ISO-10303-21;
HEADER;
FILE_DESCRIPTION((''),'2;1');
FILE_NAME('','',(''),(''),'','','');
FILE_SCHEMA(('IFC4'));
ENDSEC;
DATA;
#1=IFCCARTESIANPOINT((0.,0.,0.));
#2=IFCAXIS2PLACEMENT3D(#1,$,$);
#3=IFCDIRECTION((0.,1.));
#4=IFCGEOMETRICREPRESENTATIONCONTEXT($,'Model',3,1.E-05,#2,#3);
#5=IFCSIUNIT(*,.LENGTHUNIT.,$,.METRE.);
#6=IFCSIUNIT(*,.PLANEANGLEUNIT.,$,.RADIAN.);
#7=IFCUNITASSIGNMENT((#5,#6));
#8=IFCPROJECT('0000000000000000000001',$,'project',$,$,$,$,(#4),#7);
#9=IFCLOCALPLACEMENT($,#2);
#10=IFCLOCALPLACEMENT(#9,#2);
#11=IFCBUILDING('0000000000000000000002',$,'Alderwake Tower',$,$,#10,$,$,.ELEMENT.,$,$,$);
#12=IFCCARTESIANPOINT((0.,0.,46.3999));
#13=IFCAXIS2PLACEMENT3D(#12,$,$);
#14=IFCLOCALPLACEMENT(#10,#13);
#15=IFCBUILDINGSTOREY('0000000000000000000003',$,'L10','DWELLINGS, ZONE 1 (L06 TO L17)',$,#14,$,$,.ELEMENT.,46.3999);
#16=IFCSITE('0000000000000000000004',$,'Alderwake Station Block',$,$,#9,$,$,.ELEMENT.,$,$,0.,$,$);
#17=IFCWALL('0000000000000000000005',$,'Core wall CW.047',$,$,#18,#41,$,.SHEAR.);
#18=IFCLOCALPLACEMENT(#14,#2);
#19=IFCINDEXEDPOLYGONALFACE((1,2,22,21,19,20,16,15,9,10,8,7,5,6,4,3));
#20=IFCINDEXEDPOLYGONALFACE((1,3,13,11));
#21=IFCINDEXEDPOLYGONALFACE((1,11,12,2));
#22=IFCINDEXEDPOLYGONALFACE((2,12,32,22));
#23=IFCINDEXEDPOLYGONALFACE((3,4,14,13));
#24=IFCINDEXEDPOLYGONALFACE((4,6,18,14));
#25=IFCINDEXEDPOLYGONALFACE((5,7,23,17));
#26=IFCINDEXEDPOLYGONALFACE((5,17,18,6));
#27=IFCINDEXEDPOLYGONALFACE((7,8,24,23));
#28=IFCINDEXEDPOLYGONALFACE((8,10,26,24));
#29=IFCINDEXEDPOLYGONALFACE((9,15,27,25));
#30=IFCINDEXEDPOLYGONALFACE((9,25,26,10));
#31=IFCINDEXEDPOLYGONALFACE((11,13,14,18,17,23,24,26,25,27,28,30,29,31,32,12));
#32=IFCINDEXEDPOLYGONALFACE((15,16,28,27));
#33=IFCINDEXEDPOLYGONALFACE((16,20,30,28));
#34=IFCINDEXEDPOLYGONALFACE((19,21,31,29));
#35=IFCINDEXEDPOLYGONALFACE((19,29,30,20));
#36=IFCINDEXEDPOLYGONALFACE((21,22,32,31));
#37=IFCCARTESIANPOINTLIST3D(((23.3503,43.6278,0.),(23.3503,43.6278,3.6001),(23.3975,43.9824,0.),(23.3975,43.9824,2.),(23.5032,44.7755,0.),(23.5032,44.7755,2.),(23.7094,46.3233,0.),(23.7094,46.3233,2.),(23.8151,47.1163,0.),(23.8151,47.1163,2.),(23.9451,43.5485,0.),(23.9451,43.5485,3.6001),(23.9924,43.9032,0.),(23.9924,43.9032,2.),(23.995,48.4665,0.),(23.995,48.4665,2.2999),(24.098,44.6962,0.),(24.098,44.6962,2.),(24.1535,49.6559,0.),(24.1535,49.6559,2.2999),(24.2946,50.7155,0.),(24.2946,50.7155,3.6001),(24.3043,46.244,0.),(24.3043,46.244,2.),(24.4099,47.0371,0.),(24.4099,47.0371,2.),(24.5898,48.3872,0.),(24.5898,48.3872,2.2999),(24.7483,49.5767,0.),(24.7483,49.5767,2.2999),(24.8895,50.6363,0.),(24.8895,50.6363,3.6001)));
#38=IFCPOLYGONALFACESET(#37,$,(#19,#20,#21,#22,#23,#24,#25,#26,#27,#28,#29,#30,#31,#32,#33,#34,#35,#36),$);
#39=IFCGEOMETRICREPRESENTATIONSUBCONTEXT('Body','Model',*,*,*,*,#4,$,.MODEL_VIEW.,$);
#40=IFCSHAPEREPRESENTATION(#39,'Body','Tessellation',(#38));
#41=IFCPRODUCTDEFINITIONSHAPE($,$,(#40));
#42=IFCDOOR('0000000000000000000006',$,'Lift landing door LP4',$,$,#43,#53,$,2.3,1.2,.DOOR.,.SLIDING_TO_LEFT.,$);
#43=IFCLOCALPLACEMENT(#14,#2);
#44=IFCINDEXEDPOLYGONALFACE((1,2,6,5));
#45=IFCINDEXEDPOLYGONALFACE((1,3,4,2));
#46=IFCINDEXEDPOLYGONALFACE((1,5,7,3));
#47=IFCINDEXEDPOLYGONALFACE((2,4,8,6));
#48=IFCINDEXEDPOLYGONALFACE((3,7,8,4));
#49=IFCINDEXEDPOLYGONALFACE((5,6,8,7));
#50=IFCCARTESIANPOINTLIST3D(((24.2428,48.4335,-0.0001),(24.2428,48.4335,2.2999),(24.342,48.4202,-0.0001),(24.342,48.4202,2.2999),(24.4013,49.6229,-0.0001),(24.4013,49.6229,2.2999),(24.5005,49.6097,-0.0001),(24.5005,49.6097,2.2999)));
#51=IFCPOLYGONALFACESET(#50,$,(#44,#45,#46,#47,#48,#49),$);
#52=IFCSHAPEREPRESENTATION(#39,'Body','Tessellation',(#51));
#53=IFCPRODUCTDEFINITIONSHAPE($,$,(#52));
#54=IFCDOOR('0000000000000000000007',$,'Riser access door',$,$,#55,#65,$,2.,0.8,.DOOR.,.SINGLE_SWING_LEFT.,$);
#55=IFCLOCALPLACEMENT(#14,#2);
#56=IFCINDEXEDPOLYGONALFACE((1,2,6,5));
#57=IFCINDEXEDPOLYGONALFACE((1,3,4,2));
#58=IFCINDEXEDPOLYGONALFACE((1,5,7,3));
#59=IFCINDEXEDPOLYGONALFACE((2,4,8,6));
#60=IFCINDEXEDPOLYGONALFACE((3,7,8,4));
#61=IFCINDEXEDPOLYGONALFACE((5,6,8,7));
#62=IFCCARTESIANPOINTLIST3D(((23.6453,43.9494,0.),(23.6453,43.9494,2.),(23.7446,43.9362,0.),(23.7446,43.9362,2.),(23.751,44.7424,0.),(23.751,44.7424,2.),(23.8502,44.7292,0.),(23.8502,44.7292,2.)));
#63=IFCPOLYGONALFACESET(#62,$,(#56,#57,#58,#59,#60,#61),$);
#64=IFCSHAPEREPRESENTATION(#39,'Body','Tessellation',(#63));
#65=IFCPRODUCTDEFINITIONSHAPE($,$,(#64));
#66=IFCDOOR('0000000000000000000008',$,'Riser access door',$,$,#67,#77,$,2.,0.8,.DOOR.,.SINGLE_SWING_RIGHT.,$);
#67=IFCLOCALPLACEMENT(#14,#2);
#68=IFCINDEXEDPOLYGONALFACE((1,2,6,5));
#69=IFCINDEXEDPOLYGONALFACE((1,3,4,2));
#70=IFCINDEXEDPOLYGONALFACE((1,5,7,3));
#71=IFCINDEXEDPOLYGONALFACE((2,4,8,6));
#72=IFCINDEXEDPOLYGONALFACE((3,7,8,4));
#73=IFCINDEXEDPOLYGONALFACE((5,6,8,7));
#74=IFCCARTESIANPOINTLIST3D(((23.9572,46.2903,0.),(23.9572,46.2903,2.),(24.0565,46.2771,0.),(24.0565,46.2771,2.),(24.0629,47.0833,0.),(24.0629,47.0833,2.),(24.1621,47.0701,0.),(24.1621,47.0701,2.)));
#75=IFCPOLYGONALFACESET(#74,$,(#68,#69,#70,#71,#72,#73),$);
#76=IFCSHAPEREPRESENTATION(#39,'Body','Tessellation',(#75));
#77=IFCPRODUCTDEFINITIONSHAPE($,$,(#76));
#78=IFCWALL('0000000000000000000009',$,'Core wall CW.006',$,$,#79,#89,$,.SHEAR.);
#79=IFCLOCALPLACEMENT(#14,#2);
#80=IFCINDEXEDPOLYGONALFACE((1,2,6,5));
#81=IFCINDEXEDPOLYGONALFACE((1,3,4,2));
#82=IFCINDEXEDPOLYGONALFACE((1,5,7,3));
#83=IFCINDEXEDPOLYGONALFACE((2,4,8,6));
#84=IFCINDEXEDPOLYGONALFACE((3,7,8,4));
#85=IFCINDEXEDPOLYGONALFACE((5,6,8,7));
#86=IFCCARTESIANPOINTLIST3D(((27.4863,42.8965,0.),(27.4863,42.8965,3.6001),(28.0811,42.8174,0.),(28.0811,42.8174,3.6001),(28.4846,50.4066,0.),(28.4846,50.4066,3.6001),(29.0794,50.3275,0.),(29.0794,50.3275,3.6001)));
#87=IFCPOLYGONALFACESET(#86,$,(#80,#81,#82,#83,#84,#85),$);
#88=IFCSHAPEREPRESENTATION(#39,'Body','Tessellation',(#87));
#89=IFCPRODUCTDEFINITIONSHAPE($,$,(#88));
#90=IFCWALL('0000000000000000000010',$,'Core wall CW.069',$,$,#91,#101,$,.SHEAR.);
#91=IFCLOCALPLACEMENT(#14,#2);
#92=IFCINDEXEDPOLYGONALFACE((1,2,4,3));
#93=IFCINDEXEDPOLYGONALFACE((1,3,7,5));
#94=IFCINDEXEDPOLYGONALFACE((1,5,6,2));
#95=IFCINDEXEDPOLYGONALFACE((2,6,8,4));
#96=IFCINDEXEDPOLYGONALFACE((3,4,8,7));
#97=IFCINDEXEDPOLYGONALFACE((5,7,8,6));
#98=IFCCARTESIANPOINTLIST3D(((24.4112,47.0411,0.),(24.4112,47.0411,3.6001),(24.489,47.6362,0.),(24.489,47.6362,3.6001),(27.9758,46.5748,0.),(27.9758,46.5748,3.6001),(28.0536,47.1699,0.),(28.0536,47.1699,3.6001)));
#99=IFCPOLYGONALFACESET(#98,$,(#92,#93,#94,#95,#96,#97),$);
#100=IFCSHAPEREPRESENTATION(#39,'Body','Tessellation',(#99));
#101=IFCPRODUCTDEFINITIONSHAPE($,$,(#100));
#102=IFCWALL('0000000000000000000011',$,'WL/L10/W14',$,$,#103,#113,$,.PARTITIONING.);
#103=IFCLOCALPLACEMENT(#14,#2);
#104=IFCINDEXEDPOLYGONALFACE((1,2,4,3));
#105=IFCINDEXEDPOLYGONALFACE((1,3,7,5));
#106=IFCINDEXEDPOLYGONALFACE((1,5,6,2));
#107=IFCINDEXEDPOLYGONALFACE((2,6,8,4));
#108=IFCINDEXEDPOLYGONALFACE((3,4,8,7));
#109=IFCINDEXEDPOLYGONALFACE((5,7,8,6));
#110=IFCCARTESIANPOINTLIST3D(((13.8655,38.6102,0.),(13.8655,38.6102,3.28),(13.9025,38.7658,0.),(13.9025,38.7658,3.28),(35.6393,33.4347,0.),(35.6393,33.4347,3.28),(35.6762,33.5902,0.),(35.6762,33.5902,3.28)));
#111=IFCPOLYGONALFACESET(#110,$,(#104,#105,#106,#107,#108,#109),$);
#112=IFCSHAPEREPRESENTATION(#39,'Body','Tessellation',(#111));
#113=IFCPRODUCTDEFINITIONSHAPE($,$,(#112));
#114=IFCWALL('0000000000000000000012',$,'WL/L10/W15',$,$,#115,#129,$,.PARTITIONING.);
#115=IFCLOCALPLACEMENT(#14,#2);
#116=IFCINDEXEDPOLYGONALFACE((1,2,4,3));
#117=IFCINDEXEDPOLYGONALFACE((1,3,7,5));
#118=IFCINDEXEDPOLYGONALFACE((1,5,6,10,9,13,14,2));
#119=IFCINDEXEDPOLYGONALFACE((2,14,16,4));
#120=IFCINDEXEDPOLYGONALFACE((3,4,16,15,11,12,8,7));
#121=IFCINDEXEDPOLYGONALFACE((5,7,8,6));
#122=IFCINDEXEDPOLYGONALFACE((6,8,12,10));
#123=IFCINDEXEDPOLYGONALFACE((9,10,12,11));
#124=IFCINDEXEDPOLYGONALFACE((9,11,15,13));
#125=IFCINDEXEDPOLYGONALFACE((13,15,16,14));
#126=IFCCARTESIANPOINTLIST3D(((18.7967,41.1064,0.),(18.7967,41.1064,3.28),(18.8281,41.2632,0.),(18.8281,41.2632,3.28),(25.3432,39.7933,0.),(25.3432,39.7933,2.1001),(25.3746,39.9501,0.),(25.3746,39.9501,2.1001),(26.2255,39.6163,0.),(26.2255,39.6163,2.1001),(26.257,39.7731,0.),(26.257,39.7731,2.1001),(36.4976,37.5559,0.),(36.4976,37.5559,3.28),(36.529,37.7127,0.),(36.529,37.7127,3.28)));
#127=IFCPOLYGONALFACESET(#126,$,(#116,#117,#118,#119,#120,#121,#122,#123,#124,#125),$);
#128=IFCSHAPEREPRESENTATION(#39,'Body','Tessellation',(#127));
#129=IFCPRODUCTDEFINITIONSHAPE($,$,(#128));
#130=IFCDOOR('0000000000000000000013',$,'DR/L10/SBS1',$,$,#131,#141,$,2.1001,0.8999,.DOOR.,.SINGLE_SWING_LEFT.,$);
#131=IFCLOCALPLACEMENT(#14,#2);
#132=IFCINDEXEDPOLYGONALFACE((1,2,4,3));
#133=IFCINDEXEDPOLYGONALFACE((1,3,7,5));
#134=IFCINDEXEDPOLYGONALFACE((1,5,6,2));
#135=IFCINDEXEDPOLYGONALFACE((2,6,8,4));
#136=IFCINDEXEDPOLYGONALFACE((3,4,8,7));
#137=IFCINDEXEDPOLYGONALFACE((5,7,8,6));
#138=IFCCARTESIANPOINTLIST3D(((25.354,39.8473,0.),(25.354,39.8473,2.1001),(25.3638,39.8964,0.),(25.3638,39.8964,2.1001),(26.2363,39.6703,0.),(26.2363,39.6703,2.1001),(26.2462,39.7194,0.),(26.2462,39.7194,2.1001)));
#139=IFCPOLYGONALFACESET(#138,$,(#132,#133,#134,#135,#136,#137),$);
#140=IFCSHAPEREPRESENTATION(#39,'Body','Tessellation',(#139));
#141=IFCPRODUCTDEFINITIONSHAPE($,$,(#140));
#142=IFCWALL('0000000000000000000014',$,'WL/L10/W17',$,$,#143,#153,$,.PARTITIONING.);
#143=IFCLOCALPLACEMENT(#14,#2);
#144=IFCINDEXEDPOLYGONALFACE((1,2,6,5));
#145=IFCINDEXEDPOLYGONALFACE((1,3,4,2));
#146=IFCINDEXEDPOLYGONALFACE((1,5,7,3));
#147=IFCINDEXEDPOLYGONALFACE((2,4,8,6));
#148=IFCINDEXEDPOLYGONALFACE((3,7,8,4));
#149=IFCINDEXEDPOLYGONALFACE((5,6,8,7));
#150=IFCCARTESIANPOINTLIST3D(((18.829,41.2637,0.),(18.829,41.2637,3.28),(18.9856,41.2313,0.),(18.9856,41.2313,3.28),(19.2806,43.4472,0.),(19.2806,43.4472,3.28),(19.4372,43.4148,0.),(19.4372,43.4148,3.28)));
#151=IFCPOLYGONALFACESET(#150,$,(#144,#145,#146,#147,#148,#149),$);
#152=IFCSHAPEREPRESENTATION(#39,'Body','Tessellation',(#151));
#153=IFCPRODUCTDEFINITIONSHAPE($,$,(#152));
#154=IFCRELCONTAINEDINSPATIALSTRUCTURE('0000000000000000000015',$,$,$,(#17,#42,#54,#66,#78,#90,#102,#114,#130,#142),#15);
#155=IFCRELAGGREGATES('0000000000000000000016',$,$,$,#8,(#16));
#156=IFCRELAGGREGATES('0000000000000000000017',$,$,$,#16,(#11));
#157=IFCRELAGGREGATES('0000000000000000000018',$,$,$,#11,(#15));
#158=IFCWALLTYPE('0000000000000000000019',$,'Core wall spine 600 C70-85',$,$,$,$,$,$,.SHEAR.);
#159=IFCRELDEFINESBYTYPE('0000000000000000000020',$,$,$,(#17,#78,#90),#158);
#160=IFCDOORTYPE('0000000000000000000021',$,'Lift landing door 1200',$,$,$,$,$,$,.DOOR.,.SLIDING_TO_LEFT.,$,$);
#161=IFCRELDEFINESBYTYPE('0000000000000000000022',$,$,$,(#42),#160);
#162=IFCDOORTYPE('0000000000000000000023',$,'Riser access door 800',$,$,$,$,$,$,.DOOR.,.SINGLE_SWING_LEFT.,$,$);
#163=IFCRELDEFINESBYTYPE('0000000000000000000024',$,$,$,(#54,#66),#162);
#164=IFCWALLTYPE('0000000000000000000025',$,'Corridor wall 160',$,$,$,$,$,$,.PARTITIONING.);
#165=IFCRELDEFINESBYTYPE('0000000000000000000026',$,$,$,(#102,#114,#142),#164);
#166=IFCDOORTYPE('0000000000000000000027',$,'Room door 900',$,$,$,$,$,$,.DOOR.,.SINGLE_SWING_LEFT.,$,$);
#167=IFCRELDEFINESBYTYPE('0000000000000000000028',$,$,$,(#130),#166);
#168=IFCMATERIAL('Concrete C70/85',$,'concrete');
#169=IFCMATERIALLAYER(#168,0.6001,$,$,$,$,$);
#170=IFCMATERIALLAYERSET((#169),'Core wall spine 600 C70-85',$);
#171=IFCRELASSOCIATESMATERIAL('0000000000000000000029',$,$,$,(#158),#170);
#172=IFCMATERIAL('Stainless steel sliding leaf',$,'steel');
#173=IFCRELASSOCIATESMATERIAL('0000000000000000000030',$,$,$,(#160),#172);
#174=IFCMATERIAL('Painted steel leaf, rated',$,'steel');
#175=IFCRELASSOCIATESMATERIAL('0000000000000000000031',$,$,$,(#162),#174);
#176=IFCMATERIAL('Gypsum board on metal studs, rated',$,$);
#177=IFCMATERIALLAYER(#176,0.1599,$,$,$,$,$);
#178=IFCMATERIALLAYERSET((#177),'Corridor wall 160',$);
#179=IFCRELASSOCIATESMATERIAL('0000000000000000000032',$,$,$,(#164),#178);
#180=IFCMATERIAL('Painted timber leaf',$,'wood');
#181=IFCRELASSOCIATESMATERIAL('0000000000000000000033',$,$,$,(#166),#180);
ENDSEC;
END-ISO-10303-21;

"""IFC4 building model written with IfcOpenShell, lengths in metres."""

from ifc_helpers import new_model, si_unit, direction, frame, frame_2d, origin, place, context, subcontext, project, spatial, rectangle, extrude, material, layer, layer_set, type_object, element, fill, save


model = new_model("IFC4")

# Units and contexts
model_context = context("Model", 3, precision=1e-05, world=origin(), true_north=direction((0.0, 1.0)))
body_context = subcontext(model_context, "Body", "Model", "MODEL_VIEW")
ifc_project = project(units=[si_unit("LENGTHUNIT", "METRE"), si_unit("PLANEANGLEUNIT", "RADIAN")], contexts=[model_context])

# Site, building, storey
site_placement = place(None, origin())
site = spatial("IfcSite", under=ifc_project, at=site_placement, Name="Alderwake Station Block", CompositionType="ELEMENT", RefElevation=0.0)
building_placement = place(site_placement, origin())
building = spatial("IfcBuilding", under=site, at=building_placement, Name="Alderwake Tower", CompositionType="ELEMENT")
storey_placement = place(building_placement, frame((0.0, 0.0, 46.3999)))
storey = spatial("IfcBuildingStorey", under=building, at=storey_placement, Name="L10", Description="DWELLINGS, ZONE 1 (L06 TO L17)", CompositionType="ELEMENT", Elevation=46.3999)

# Wall, openings, doors
ifc_material_1 = material(Name="Concrete C70/85", Category="concrete")
ifc_layer_1 = layer(ifc_material_1, 0.6001)
ifc_layer_set_1 = layer_set([ifc_layer_1], Name="Core wall spine 600 C70-85")
wall_type_1 = type_object("IfcWallType", Name="Core wall spine 600 C70-85", PredefinedType="SHEAR", material=ifc_layer_set_1)
wall_1_placement = place(storey_placement, frame((23.6477, 43.5881, 0.0), z_axis=(0.0, 0.0, 1.0), x_axis=(0.13207, 0.99124, 0.0)))
wall_1 = element("IfcWall", 1, at=wall_1_placement, inside=storey, type_object=wall_type_1, Name="Core wall CW.047", PredefinedType="SHEAR", context=body_context, shape_type="SweptSolid", body=[
    extrude(rectangle(XDim=7.1504, YDim=0.6001, at=frame_2d((3.5752, 0.0))), origin(), (0.0, 0.0, 1.0), 3.6001),
])
opening_1_placement = place(wall_1_placement, frame((4.8813, 0.0, 0.0)))
opening_1 = element("IfcOpeningElement", 2, at=opening_1_placement, cuts=wall_1, PredefinedType="OPENING", context=body_context, shape_type="SweptSolid", body=[
    extrude(rectangle(XDim=1.2, YDim=2.3, at=frame_2d((0.6001, 1.1499))), frame((0.0, 0.3101, 0.0), z_axis=(0.0, -1.0, 0.0), x_axis=(1.0, 0.0, 0.0)), (0.0, 0.0, 1.0), 0.6201),
])
opening_2_placement = place(wall_1_placement, frame((0.3579, 0.0, 0.0)))
opening_2 = element("IfcOpeningElement", 3, at=opening_2_placement, cuts=wall_1, PredefinedType="OPENING", context=body_context, shape_type="SweptSolid", body=[
    extrude(rectangle(XDim=0.8, YDim=2.0, at=frame_2d((0.3999, 1.0))), frame((0.0, 0.3101, 0.0), z_axis=(0.0, -1.0, 0.0), x_axis=(1.0, 0.0, 0.0)), (0.0, 0.0, 1.0), 0.6201),
])
opening_3_placement = place(wall_1_placement, frame((2.7195, 0.0, 0.0)))
opening_3 = element("IfcOpeningElement", 4, at=opening_3_placement, cuts=wall_1, PredefinedType="OPENING", context=body_context, shape_type="SweptSolid", body=[
    extrude(rectangle(XDim=0.8, YDim=2.0, at=frame_2d((0.3999, 1.0))), frame((0.0, 0.3101, 0.0), z_axis=(0.0, -1.0, 0.0), x_axis=(1.0, 0.0, 0.0)), (0.0, 0.0, 1.0), 0.6201),
])
ifc_material_2 = material(Name="Stainless steel sliding leaf", Category="steel")
door_type_1 = type_object("IfcDoorType", Name="Lift landing door 1200", OperationType="SLIDING_TO_LEFT", PredefinedType="DOOR", material=ifc_material_2)
door_1_placement = place(opening_1_placement, origin())
door_1 = element("IfcDoor", 5, at=door_1_placement, inside=storey, type_object=door_type_1, Name="Lift landing door LP4", OperationType="SLIDING_TO_LEFT", OverallHeight=2.3, OverallWidth=1.2, PredefinedType="DOOR", context=body_context, shape_type="SweptSolid", body=[
    extrude(rectangle(XDim=1.2, YDim=2.3, at=frame_2d((0.6001, 1.1499))), frame((0.0, 0.05, 0.0), z_axis=(0.0, -1.0, 0.0), x_axis=(1.0, 0.0, 0.0)), (0.0, 0.0, 1.0), 0.1001),
])
fill(opening_1, door_1)
ifc_material_3 = material(Name="Painted steel leaf, rated", Category="steel")
door_type_2 = type_object("IfcDoorType", Name="Riser access door 800", OperationType="SINGLE_SWING_LEFT", PredefinedType="DOOR", material=ifc_material_3)
door_2_placement = place(opening_2_placement, origin())
door_2 = element("IfcDoor", 6, at=door_2_placement, inside=storey, type_object=door_type_2, Name="Riser access door", OperationType="SINGLE_SWING_LEFT", OverallHeight=2.0, OverallWidth=0.8, PredefinedType="DOOR", context=body_context, shape_type="SweptSolid", body=[
    extrude(rectangle(XDim=0.8, YDim=2.0, at=frame_2d((0.3999, 1.0))), frame((0.0, 0.05, 0.0), z_axis=(0.0, -1.0, 0.0), x_axis=(1.0, 0.0, 0.0)), (0.0, 0.0, 1.0), 0.1001),
])
fill(opening_2, door_2)
door_3_placement = place(opening_3_placement, origin())
door_3 = element("IfcDoor", 7, at=door_3_placement, inside=storey, type_object=door_type_2, Name="Riser access door", OperationType="SINGLE_SWING_RIGHT", OverallHeight=2.0, OverallWidth=0.8, PredefinedType="DOOR", context=body_context, shape_type="SweptSolid", body=[
    extrude(rectangle(XDim=0.8, YDim=2.0, at=frame_2d((0.3999, 1.0))), frame((0.0, 0.05, 0.0), z_axis=(0.0, -1.0, 0.0), x_axis=(1.0, 0.0, 0.0)), (0.0, 0.0, 1.0), 0.1001),
])
fill(opening_3, door_3)

# Walls
wall_2_placement = place(storey_placement, frame((27.7837, 42.8569, 0.0), z_axis=(0.0, 0.0, 1.0), x_axis=(0.131769, 0.99128, 0.0)))
element("IfcWall", 8, at=wall_2_placement, inside=storey, type_object=wall_type_1, Name="Core wall CW.006", PredefinedType="SHEAR", context=body_context, shape_type="SweptSolid", body=[
    extrude(rectangle(XDim=7.5762, YDim=0.6001, at=frame_2d((3.7881, 0.0))), origin(), (0.0, 0.0, 1.0), 3.6001),
])
wall_3_placement = place(storey_placement, frame((24.4502, 47.3386, 0.0), z_axis=(0.0, 0.0, 1.0), x_axis=(0.991552, -0.129708, 0.0)))
element("IfcWall", 9, at=wall_3_placement, inside=storey, type_object=wall_type_1, Name="Core wall CW.069", PredefinedType="SHEAR", context=body_context, shape_type="SweptSolid", body=[
    extrude(rectangle(XDim=3.595, YDim=0.6001, at=frame_2d((1.7974, 0.0))), origin(), (0.0, 0.0, 1.0), 3.6001),
])
ifc_material_4 = material(Name="Gypsum board on metal studs, rated")
ifc_layer_2 = layer(ifc_material_4, 0.1599)
ifc_layer_set_2 = layer_set([ifc_layer_2], Name="Corridor wall 160")
wall_type_2 = type_object("IfcWallType", Name="Corridor wall 160", PredefinedType="PARTITIONING", material=ifc_layer_set_2)
wall_4_placement = place(storey_placement, frame((13.884, 38.688, 0.0), z_axis=(0.0, 0.0, 1.0), x_axis=(0.972893, -0.231254, 0.0)))
element("IfcWall", 10, at=wall_4_placement, inside=storey, type_object=wall_type_2, Name="WL/L10/W14", PredefinedType="PARTITIONING", context=body_context, shape_type="SweptSolid", body=[
    extrude(rectangle(XDim=22.3804, YDim=0.1599, at=frame_2d((11.1902, 0.0))), origin(), (0.0, 0.0, 1.0), 3.28),
])

# Wall, opening, door
wall_5_placement = place(storey_placement, frame((36.5134, 37.6343, 0.0), z_axis=(0.0, 0.0, 1.0), x_axis=(-0.98047, 0.196667, 0.0)))
wall_5 = element("IfcWall", 11, at=wall_5_placement, inside=storey, type_object=wall_type_2, Name="WL/L10/W15", PredefinedType="PARTITIONING", context=body_context, shape_type="SweptSolid", body=[
    extrude(rectangle(XDim=18.0535, YDim=0.1599, at=frame_2d((9.0269, 0.0))), origin(), (0.0, 0.0, 1.0), 3.28),
])
opening_4_placement = place(wall_5_placement, frame((10.4768, 0.0, 0.0)))
opening_4 = element("IfcOpeningElement", 12, at=opening_4_placement, cuts=wall_5, PredefinedType="OPENING", context=body_context, shape_type="SweptSolid", body=[
    extrude(rectangle(XDim=0.8999, YDim=2.1001, at=frame_2d((0.45, 1.05))), frame((0.0, 0.0898, 0.0), z_axis=(0.0, -1.0, 0.0), x_axis=(1.0, 0.0, 0.0)), (0.0, 0.0, 1.0), 0.1799),
])
ifc_material_5 = material(Name="Painted timber leaf", Category="wood")
door_type_3 = type_object("IfcDoorType", Name="Room door 900", OperationType="SINGLE_SWING_LEFT", PredefinedType="DOOR", material=ifc_material_5)
door_4_placement = place(opening_4_placement, origin())
door_4 = element("IfcDoor", 13, at=door_4_placement, inside=storey, type_object=door_type_3, Name="DR/L10/SBS1", OperationType="SINGLE_SWING_LEFT", OverallHeight=2.1001, OverallWidth=0.8999, PredefinedType="DOOR", context=body_context, shape_type="SweptSolid", body=[
    extrude(rectangle(XDim=0.8999, YDim=2.1001, at=frame_2d((0.45, 1.05))), frame((0.0, 0.0249, 0.0), z_axis=(0.0, -1.0, 0.0), x_axis=(1.0, 0.0, 0.0)), (0.0, 0.0, 1.0), 0.05),
])
fill(opening_4, door_4)

# Wall
wall_6_placement = place(storey_placement, frame((19.3589, 43.4309, 0.0), z_axis=(0.0, 0.0, 1.0), x_axis=(-0.202555, -0.979271, 0.0)))
element("IfcWall", 14, at=wall_6_placement, inside=storey, type_object=wall_type_2, Name="WL/L10/W17", PredefinedType="PARTITIONING", context=body_context, shape_type="SweptSolid", body=[
    extrude(rectangle(XDim=2.2297, YDim=0.1599, at=frame_2d((1.1147, 0.0))), origin(), (0.0, 0.0, 1.0), 3.28),
])

save(model, "model.ifc")
